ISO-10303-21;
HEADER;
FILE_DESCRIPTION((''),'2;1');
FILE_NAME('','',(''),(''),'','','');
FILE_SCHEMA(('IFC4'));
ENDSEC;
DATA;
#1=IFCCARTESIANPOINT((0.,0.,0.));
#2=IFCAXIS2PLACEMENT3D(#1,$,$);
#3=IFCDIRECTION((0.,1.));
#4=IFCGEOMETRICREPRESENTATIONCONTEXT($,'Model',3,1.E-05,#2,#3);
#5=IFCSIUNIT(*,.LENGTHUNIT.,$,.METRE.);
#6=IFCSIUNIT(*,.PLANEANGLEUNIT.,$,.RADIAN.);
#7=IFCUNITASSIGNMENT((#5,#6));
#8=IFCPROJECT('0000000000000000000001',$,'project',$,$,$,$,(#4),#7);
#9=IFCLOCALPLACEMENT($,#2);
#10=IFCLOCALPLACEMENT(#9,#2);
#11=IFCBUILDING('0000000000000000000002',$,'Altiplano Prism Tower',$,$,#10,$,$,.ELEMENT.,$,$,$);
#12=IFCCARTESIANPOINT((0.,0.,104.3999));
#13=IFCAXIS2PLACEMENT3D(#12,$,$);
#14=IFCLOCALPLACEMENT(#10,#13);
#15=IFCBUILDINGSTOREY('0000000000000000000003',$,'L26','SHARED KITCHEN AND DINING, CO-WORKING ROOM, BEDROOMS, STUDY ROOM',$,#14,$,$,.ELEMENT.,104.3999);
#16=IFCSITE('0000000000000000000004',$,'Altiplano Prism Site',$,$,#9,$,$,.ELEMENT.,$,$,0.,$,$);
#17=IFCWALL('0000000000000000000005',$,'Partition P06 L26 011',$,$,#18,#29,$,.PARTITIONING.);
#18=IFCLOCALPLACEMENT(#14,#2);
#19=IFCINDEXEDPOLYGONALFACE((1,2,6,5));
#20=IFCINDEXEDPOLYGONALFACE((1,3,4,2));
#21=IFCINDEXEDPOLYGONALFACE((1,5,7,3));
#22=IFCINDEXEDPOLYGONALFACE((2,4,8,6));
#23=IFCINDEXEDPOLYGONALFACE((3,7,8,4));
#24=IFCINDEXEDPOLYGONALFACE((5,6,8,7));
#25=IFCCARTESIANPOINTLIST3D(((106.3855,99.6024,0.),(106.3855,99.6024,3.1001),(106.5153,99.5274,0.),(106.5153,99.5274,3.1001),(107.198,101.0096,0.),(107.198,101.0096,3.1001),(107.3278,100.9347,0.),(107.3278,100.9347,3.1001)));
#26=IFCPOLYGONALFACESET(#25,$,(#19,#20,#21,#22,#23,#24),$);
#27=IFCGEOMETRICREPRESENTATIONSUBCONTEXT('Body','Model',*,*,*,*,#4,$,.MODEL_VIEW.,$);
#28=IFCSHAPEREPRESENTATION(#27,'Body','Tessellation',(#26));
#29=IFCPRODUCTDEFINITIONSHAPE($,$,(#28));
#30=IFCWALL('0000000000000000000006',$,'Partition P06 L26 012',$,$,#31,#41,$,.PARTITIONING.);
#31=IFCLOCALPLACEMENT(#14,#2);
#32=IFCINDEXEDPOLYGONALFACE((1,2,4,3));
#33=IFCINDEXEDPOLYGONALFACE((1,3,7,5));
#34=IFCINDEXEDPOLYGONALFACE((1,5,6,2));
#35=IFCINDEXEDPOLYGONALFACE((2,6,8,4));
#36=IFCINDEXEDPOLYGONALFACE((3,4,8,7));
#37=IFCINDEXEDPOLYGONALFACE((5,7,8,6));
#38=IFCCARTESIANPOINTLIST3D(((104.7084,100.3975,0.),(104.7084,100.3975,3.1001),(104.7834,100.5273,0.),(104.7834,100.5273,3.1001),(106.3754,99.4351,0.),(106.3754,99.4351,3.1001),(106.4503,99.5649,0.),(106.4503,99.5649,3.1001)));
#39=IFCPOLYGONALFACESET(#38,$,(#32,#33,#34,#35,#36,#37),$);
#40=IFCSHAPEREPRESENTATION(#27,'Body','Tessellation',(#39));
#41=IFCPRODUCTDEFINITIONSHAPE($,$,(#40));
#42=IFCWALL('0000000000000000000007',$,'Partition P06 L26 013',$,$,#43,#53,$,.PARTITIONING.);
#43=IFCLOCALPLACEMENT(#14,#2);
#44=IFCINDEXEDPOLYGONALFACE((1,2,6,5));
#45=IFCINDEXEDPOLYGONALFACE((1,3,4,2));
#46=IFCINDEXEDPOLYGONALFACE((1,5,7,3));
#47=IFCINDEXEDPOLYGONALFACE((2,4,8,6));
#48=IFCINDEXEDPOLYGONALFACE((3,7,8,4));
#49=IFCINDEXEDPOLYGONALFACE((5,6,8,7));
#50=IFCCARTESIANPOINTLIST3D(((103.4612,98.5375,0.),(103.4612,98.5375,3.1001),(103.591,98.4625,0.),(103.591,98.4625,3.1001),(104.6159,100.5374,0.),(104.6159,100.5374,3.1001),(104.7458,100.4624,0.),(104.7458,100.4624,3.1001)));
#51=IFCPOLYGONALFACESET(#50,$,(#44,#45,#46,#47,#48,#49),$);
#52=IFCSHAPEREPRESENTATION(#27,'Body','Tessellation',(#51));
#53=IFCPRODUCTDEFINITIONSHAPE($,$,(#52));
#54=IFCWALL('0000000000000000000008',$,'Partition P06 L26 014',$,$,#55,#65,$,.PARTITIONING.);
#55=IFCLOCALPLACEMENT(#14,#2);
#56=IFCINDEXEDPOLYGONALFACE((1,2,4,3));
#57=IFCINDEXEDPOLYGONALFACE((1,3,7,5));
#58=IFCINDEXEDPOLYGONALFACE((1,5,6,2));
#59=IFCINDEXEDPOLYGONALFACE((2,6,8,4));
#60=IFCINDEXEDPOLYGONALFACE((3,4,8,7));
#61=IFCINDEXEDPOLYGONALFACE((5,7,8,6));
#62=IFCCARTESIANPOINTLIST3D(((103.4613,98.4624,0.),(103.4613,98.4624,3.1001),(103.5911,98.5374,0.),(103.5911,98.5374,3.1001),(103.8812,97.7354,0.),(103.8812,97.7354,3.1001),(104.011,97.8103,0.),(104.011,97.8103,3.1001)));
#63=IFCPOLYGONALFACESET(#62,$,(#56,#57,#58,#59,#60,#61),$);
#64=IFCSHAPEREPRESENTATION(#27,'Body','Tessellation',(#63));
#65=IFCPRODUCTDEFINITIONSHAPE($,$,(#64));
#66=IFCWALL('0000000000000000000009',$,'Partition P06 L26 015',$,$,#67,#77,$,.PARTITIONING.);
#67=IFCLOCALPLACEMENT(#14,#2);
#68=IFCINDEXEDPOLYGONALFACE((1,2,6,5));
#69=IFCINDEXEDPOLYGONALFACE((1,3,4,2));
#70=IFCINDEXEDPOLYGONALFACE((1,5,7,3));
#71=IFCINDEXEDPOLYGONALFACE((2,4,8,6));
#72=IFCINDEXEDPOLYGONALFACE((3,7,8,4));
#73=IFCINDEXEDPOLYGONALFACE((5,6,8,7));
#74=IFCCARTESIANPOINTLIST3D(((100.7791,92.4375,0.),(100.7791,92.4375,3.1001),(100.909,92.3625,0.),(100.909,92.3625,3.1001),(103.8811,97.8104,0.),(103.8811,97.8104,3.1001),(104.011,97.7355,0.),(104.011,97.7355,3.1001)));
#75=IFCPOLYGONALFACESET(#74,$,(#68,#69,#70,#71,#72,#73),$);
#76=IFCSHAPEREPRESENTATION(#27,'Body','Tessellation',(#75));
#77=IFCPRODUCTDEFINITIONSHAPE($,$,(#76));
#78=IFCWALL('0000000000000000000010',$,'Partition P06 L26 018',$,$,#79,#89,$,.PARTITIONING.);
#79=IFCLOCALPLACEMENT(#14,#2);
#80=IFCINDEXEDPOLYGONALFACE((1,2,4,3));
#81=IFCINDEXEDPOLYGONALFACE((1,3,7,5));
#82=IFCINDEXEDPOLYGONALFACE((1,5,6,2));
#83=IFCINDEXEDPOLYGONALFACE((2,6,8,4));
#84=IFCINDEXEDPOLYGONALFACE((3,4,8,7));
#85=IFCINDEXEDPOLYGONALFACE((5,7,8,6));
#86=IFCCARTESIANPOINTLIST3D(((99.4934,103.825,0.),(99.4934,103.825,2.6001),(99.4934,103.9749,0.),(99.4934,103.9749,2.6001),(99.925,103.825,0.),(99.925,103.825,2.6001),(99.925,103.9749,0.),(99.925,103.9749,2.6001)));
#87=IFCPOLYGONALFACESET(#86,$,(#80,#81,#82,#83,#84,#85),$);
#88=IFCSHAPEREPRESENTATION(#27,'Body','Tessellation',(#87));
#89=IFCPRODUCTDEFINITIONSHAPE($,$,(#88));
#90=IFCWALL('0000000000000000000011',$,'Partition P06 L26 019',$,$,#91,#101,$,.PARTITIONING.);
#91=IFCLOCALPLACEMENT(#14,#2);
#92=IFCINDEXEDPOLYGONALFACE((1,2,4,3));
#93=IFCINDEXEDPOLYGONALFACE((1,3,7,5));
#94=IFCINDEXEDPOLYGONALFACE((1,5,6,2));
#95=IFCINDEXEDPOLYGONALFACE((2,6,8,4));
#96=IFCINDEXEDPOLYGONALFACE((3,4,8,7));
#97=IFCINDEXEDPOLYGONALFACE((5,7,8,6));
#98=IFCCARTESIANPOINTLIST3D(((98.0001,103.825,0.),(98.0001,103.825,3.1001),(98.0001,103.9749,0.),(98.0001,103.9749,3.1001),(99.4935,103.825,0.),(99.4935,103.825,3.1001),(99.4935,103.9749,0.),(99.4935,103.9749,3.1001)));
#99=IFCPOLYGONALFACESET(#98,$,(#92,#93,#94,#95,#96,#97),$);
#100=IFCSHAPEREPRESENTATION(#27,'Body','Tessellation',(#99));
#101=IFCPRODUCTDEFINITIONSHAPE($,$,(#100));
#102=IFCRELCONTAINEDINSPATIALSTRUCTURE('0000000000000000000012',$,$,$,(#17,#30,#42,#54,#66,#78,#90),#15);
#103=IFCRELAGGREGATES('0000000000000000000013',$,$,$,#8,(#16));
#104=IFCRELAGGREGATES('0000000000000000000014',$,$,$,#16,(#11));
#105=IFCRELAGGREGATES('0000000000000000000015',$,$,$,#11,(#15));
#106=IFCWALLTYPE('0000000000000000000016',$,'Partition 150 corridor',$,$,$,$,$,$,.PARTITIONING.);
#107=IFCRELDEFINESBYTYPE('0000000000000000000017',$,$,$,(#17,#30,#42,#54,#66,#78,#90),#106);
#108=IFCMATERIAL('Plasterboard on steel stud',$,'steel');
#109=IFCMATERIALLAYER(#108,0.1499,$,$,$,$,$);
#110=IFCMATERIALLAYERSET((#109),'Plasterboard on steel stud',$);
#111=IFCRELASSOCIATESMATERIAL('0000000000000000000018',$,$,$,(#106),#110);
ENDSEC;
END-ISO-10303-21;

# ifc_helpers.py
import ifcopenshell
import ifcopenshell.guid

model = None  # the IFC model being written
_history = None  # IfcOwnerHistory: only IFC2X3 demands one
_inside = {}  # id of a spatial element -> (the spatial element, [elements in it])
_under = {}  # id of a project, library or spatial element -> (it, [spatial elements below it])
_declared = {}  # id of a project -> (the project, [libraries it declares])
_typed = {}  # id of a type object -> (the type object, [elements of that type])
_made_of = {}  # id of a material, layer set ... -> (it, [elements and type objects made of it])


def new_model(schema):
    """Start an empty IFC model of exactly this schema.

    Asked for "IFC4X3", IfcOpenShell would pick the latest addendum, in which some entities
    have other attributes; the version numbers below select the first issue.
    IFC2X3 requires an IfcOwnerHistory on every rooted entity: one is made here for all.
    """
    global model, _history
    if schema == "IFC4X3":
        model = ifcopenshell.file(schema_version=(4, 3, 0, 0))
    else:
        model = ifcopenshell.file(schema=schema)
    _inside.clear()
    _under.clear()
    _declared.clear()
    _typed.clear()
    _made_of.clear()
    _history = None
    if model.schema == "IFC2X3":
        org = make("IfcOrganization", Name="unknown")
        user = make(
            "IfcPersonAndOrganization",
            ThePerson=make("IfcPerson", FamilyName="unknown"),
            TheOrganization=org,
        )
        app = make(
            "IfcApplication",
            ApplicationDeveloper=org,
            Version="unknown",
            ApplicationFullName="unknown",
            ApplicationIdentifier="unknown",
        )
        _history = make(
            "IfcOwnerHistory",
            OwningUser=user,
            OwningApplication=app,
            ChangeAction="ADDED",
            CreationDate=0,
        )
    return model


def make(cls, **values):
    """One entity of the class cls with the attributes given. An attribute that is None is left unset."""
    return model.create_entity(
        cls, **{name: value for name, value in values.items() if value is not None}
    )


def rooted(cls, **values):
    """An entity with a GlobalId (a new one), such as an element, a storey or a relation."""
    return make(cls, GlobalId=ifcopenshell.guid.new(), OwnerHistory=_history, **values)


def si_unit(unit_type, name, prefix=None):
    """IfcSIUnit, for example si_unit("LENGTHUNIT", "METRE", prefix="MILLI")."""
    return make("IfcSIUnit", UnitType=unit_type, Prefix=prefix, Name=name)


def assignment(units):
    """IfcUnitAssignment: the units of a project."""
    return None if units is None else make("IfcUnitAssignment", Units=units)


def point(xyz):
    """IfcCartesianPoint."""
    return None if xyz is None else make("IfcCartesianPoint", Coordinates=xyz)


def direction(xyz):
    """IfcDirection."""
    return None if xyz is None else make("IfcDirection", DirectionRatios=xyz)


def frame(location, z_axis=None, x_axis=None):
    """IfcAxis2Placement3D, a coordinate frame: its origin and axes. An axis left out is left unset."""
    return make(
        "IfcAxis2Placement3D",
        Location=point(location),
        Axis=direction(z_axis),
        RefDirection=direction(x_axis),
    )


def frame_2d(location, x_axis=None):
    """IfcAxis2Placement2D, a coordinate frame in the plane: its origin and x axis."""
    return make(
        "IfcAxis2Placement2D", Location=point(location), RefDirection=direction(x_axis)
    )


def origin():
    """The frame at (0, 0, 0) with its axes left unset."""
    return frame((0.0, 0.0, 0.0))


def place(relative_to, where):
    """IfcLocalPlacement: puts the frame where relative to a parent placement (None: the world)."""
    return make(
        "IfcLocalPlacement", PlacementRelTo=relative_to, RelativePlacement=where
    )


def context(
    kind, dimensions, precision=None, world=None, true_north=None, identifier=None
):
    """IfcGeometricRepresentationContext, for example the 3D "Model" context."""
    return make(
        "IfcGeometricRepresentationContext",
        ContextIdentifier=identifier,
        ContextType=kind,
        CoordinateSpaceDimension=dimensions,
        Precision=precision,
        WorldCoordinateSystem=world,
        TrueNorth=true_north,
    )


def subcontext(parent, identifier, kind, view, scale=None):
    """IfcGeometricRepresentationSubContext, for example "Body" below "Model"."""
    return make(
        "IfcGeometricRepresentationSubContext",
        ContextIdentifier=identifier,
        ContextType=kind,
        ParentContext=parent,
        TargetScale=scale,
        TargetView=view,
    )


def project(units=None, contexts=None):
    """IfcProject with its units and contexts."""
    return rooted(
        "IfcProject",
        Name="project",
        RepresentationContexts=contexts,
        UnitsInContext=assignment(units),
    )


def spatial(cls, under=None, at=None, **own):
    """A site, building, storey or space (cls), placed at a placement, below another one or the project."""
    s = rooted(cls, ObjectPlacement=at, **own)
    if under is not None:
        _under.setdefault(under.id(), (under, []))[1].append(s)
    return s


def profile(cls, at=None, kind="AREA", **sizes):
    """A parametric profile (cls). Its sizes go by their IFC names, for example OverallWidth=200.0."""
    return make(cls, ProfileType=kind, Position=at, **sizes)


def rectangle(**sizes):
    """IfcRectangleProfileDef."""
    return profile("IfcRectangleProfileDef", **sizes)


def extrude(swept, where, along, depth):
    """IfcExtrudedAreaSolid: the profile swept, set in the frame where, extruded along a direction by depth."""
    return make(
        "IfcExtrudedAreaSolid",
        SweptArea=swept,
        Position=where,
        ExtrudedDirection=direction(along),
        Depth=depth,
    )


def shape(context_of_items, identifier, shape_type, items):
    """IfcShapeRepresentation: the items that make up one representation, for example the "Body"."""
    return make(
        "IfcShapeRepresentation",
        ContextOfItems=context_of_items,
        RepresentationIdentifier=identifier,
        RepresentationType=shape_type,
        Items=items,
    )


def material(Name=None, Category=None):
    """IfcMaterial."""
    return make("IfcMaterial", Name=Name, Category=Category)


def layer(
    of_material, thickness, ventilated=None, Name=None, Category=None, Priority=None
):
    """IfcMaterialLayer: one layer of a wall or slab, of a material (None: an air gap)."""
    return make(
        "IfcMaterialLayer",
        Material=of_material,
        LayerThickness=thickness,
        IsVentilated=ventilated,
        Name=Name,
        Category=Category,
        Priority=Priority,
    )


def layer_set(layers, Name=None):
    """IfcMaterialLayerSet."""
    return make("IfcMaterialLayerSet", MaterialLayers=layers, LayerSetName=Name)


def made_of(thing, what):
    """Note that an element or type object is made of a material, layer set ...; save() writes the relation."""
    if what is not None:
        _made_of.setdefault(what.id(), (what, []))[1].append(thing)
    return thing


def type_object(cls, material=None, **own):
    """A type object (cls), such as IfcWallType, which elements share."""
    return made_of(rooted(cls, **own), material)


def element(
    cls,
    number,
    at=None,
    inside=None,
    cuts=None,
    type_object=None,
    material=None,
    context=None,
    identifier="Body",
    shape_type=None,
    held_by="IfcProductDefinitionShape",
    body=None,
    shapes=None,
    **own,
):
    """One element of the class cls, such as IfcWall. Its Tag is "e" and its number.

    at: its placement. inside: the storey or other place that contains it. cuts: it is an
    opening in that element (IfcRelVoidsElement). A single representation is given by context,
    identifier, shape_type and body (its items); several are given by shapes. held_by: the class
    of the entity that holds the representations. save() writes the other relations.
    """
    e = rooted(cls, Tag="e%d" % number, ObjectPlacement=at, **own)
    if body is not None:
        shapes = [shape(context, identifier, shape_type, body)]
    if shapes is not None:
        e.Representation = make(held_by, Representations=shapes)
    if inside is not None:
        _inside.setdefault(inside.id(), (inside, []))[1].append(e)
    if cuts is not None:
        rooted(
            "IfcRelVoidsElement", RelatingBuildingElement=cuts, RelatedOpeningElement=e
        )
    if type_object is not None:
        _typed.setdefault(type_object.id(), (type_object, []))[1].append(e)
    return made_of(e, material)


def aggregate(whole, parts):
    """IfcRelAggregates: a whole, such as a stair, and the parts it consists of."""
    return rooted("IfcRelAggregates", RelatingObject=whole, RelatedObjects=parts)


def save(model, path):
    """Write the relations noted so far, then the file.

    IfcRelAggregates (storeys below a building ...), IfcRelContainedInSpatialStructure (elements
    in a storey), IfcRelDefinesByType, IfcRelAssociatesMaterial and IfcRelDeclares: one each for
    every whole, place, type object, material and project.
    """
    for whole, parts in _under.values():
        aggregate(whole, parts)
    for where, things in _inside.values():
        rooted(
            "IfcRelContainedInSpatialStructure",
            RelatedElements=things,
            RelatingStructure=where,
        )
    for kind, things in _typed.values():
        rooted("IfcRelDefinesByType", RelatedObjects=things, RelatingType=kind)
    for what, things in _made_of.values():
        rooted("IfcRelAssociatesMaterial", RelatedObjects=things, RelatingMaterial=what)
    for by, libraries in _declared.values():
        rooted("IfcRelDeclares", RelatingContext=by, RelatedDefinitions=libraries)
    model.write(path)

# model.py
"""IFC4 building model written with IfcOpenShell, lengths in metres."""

from ifc_helpers import new_model, si_unit, direction, frame, frame_2d, origin, place, context, subcontext, project, spatial, rectangle, extrude, material, layer, layer_set, type_object, element, save


model = new_model("IFC4")

# Units and contexts
model_context = context("Model", 3, precision=1e-05, world=origin(), true_north=direction((0.0, 1.0)))
body_context = subcontext(model_context, "Body", "Model", "MODEL_VIEW")
ifc_project = project(units=[si_unit("LENGTHUNIT", "METRE"), si_unit("PLANEANGLEUNIT", "RADIAN")], contexts=[model_context])

# Site, building, storey
site_placement = place(None, origin())
site = spatial("IfcSite", under=ifc_project, at=site_placement, Name="Altiplano Prism Site", CompositionType="ELEMENT", RefElevation=0.0)
building_placement = place(site_placement, origin())
building = spatial("IfcBuilding", under=site, at=building_placement, Name="Altiplano Prism Tower", CompositionType="ELEMENT")
storey_placement = place(building_placement, frame((0.0, 0.0, 104.3999)))
storey = spatial("IfcBuildingStorey", under=building, at=storey_placement, Name="L26", Description="SHARED KITCHEN AND DINING, CO-WORKING ROOM, BEDROOMS, STUDY ROOM", CompositionType="ELEMENT", Elevation=104.3999)

# Walls
ifc_material_1 = material(Name="Plasterboard on steel stud", Category="steel")
ifc_layer_1 = layer(ifc_material_1, 0.1499)
ifc_layer_set_1 = layer_set([ifc_layer_1], Name="Plasterboard on steel stud")
wall_type_1 = type_object("IfcWallType", Name="Partition 150 corridor", PredefinedType="PARTITIONING", material=ifc_layer_set_1)
wall_1_placement = place(storey_placement, frame((107.2629, 100.9722, 0.0), z_axis=(0.0, 0.0, 1.0), x_axis=(-0.500017, -0.866015, 0.0)))
element("IfcWall", 1, at=wall_1_placement, inside=storey, type_object=wall_type_1, Name="Partition P06 L26 011", PredefinedType="PARTITIONING", context=body_context, shape_type="SweptSolid", body=[
    extrude(rectangle(XDim=1.625, YDim=0.1499, at=frame_2d((0.8125, 0.0))), origin(), (0.0, 0.0, 1.0), 3.1001),
])
wall_2_placement = place(storey_placement, frame((106.4128, 99.5, 0.0), z_axis=(0.0, 0.0, 1.0), x_axis=(-0.866034, 0.499986, 0.0)))
element("IfcWall", 2, at=wall_2_placement, inside=storey, type_object=wall_type_1, Name="Partition P06 L26 012", PredefinedType="PARTITIONING", context=body_context, shape_type="SweptSolid", body=[
    extrude(rectangle(XDim=1.9248, YDim=0.1499, at=frame_2d((0.9624, 0.0))), origin(), (0.0, 0.0, 1.0), 3.1001),
])
wall_3_placement = place(storey_placement, frame((104.6809, 100.5, 0.0), z_axis=(0.0, 0.0, 1.0), x_axis=(-0.500027, -0.86601, 0.0)))
element("IfcWall", 3, at=wall_3_placement, inside=storey, type_object=wall_type_1, Name="Partition P06 L26 013", PredefinedType="PARTITIONING", context=body_context, shape_type="SweptSolid", body=[
    extrude(rectangle(XDim=2.3093, YDim=0.1499, at=frame_2d((1.1548, 0.0))), origin(), (0.0, 0.0, 1.0), 3.1001),
])
wall_4_placement = place(storey_placement, frame((103.5261, 98.5, 0.0), z_axis=(0.0, 0.0, 1.0), x_axis=(0.500142, -0.865943, 0.0)))
element("IfcWall", 4, at=wall_4_placement, inside=storey, type_object=wall_type_1, Name="Partition P06 L26 014", PredefinedType="PARTITIONING", context=body_context, shape_type="SweptSolid", body=[
    extrude(rectangle(XDim=0.8396, YDim=0.1499, at=frame_2d((0.4199, 0.0))), origin(), (0.0, 0.0, 1.0), 3.1001),
])
wall_5_placement = place(storey_placement, frame((103.946, 97.7729, 0.0), z_axis=(0.0, 0.0, 1.0), x_axis=(-0.49999, -0.866031, 0.0)))
element("IfcWall", 5, at=wall_5_placement, inside=storey, type_object=wall_type_1, Name="Partition P06 L26 015", PredefinedType="PARTITIONING", context=body_context, shape_type="SweptSolid", body=[
    extrude(rectangle(XDim=6.2041, YDim=0.1499, at=frame_2d((3.1021, 0.0))), origin(), (0.0, 0.0, 1.0), 3.1001),
])
wall_6_placement = place(storey_placement, frame((99.925, 103.8999, 0.0), z_axis=(0.0, 0.0, 1.0), x_axis=(-1.0, 0.0, 0.0)))
element("IfcWall", 6, at=wall_6_placement, inside=storey, type_object=wall_type_1, Name="Partition P06 L26 018", PredefinedType="PARTITIONING", context=body_context, shape_type="SweptSolid", body=[
    extrude(rectangle(XDim=0.4316, YDim=0.1499, at=frame_2d((0.2158, 0.0))), origin(), (0.0, 0.0, 1.0), 2.6001),
])
wall_7_placement = place(storey_placement, frame((99.4934, 103.8999, 0.0), z_axis=(0.0, 0.0, 1.0), x_axis=(-1.0, 0.0, 0.0)))
element("IfcWall", 7, at=wall_7_placement, inside=storey, type_object=wall_type_1, Name="Partition P06 L26 019", PredefinedType="PARTITIONING", context=body_context, shape_type="SweptSolid", body=[
    extrude(rectangle(XDim=1.4934, YDim=0.1499, at=frame_2d((0.7466, 0.0))), origin(), (0.0, 0.0, 1.0), 3.1001),
])

save(model, "model.ifc")
